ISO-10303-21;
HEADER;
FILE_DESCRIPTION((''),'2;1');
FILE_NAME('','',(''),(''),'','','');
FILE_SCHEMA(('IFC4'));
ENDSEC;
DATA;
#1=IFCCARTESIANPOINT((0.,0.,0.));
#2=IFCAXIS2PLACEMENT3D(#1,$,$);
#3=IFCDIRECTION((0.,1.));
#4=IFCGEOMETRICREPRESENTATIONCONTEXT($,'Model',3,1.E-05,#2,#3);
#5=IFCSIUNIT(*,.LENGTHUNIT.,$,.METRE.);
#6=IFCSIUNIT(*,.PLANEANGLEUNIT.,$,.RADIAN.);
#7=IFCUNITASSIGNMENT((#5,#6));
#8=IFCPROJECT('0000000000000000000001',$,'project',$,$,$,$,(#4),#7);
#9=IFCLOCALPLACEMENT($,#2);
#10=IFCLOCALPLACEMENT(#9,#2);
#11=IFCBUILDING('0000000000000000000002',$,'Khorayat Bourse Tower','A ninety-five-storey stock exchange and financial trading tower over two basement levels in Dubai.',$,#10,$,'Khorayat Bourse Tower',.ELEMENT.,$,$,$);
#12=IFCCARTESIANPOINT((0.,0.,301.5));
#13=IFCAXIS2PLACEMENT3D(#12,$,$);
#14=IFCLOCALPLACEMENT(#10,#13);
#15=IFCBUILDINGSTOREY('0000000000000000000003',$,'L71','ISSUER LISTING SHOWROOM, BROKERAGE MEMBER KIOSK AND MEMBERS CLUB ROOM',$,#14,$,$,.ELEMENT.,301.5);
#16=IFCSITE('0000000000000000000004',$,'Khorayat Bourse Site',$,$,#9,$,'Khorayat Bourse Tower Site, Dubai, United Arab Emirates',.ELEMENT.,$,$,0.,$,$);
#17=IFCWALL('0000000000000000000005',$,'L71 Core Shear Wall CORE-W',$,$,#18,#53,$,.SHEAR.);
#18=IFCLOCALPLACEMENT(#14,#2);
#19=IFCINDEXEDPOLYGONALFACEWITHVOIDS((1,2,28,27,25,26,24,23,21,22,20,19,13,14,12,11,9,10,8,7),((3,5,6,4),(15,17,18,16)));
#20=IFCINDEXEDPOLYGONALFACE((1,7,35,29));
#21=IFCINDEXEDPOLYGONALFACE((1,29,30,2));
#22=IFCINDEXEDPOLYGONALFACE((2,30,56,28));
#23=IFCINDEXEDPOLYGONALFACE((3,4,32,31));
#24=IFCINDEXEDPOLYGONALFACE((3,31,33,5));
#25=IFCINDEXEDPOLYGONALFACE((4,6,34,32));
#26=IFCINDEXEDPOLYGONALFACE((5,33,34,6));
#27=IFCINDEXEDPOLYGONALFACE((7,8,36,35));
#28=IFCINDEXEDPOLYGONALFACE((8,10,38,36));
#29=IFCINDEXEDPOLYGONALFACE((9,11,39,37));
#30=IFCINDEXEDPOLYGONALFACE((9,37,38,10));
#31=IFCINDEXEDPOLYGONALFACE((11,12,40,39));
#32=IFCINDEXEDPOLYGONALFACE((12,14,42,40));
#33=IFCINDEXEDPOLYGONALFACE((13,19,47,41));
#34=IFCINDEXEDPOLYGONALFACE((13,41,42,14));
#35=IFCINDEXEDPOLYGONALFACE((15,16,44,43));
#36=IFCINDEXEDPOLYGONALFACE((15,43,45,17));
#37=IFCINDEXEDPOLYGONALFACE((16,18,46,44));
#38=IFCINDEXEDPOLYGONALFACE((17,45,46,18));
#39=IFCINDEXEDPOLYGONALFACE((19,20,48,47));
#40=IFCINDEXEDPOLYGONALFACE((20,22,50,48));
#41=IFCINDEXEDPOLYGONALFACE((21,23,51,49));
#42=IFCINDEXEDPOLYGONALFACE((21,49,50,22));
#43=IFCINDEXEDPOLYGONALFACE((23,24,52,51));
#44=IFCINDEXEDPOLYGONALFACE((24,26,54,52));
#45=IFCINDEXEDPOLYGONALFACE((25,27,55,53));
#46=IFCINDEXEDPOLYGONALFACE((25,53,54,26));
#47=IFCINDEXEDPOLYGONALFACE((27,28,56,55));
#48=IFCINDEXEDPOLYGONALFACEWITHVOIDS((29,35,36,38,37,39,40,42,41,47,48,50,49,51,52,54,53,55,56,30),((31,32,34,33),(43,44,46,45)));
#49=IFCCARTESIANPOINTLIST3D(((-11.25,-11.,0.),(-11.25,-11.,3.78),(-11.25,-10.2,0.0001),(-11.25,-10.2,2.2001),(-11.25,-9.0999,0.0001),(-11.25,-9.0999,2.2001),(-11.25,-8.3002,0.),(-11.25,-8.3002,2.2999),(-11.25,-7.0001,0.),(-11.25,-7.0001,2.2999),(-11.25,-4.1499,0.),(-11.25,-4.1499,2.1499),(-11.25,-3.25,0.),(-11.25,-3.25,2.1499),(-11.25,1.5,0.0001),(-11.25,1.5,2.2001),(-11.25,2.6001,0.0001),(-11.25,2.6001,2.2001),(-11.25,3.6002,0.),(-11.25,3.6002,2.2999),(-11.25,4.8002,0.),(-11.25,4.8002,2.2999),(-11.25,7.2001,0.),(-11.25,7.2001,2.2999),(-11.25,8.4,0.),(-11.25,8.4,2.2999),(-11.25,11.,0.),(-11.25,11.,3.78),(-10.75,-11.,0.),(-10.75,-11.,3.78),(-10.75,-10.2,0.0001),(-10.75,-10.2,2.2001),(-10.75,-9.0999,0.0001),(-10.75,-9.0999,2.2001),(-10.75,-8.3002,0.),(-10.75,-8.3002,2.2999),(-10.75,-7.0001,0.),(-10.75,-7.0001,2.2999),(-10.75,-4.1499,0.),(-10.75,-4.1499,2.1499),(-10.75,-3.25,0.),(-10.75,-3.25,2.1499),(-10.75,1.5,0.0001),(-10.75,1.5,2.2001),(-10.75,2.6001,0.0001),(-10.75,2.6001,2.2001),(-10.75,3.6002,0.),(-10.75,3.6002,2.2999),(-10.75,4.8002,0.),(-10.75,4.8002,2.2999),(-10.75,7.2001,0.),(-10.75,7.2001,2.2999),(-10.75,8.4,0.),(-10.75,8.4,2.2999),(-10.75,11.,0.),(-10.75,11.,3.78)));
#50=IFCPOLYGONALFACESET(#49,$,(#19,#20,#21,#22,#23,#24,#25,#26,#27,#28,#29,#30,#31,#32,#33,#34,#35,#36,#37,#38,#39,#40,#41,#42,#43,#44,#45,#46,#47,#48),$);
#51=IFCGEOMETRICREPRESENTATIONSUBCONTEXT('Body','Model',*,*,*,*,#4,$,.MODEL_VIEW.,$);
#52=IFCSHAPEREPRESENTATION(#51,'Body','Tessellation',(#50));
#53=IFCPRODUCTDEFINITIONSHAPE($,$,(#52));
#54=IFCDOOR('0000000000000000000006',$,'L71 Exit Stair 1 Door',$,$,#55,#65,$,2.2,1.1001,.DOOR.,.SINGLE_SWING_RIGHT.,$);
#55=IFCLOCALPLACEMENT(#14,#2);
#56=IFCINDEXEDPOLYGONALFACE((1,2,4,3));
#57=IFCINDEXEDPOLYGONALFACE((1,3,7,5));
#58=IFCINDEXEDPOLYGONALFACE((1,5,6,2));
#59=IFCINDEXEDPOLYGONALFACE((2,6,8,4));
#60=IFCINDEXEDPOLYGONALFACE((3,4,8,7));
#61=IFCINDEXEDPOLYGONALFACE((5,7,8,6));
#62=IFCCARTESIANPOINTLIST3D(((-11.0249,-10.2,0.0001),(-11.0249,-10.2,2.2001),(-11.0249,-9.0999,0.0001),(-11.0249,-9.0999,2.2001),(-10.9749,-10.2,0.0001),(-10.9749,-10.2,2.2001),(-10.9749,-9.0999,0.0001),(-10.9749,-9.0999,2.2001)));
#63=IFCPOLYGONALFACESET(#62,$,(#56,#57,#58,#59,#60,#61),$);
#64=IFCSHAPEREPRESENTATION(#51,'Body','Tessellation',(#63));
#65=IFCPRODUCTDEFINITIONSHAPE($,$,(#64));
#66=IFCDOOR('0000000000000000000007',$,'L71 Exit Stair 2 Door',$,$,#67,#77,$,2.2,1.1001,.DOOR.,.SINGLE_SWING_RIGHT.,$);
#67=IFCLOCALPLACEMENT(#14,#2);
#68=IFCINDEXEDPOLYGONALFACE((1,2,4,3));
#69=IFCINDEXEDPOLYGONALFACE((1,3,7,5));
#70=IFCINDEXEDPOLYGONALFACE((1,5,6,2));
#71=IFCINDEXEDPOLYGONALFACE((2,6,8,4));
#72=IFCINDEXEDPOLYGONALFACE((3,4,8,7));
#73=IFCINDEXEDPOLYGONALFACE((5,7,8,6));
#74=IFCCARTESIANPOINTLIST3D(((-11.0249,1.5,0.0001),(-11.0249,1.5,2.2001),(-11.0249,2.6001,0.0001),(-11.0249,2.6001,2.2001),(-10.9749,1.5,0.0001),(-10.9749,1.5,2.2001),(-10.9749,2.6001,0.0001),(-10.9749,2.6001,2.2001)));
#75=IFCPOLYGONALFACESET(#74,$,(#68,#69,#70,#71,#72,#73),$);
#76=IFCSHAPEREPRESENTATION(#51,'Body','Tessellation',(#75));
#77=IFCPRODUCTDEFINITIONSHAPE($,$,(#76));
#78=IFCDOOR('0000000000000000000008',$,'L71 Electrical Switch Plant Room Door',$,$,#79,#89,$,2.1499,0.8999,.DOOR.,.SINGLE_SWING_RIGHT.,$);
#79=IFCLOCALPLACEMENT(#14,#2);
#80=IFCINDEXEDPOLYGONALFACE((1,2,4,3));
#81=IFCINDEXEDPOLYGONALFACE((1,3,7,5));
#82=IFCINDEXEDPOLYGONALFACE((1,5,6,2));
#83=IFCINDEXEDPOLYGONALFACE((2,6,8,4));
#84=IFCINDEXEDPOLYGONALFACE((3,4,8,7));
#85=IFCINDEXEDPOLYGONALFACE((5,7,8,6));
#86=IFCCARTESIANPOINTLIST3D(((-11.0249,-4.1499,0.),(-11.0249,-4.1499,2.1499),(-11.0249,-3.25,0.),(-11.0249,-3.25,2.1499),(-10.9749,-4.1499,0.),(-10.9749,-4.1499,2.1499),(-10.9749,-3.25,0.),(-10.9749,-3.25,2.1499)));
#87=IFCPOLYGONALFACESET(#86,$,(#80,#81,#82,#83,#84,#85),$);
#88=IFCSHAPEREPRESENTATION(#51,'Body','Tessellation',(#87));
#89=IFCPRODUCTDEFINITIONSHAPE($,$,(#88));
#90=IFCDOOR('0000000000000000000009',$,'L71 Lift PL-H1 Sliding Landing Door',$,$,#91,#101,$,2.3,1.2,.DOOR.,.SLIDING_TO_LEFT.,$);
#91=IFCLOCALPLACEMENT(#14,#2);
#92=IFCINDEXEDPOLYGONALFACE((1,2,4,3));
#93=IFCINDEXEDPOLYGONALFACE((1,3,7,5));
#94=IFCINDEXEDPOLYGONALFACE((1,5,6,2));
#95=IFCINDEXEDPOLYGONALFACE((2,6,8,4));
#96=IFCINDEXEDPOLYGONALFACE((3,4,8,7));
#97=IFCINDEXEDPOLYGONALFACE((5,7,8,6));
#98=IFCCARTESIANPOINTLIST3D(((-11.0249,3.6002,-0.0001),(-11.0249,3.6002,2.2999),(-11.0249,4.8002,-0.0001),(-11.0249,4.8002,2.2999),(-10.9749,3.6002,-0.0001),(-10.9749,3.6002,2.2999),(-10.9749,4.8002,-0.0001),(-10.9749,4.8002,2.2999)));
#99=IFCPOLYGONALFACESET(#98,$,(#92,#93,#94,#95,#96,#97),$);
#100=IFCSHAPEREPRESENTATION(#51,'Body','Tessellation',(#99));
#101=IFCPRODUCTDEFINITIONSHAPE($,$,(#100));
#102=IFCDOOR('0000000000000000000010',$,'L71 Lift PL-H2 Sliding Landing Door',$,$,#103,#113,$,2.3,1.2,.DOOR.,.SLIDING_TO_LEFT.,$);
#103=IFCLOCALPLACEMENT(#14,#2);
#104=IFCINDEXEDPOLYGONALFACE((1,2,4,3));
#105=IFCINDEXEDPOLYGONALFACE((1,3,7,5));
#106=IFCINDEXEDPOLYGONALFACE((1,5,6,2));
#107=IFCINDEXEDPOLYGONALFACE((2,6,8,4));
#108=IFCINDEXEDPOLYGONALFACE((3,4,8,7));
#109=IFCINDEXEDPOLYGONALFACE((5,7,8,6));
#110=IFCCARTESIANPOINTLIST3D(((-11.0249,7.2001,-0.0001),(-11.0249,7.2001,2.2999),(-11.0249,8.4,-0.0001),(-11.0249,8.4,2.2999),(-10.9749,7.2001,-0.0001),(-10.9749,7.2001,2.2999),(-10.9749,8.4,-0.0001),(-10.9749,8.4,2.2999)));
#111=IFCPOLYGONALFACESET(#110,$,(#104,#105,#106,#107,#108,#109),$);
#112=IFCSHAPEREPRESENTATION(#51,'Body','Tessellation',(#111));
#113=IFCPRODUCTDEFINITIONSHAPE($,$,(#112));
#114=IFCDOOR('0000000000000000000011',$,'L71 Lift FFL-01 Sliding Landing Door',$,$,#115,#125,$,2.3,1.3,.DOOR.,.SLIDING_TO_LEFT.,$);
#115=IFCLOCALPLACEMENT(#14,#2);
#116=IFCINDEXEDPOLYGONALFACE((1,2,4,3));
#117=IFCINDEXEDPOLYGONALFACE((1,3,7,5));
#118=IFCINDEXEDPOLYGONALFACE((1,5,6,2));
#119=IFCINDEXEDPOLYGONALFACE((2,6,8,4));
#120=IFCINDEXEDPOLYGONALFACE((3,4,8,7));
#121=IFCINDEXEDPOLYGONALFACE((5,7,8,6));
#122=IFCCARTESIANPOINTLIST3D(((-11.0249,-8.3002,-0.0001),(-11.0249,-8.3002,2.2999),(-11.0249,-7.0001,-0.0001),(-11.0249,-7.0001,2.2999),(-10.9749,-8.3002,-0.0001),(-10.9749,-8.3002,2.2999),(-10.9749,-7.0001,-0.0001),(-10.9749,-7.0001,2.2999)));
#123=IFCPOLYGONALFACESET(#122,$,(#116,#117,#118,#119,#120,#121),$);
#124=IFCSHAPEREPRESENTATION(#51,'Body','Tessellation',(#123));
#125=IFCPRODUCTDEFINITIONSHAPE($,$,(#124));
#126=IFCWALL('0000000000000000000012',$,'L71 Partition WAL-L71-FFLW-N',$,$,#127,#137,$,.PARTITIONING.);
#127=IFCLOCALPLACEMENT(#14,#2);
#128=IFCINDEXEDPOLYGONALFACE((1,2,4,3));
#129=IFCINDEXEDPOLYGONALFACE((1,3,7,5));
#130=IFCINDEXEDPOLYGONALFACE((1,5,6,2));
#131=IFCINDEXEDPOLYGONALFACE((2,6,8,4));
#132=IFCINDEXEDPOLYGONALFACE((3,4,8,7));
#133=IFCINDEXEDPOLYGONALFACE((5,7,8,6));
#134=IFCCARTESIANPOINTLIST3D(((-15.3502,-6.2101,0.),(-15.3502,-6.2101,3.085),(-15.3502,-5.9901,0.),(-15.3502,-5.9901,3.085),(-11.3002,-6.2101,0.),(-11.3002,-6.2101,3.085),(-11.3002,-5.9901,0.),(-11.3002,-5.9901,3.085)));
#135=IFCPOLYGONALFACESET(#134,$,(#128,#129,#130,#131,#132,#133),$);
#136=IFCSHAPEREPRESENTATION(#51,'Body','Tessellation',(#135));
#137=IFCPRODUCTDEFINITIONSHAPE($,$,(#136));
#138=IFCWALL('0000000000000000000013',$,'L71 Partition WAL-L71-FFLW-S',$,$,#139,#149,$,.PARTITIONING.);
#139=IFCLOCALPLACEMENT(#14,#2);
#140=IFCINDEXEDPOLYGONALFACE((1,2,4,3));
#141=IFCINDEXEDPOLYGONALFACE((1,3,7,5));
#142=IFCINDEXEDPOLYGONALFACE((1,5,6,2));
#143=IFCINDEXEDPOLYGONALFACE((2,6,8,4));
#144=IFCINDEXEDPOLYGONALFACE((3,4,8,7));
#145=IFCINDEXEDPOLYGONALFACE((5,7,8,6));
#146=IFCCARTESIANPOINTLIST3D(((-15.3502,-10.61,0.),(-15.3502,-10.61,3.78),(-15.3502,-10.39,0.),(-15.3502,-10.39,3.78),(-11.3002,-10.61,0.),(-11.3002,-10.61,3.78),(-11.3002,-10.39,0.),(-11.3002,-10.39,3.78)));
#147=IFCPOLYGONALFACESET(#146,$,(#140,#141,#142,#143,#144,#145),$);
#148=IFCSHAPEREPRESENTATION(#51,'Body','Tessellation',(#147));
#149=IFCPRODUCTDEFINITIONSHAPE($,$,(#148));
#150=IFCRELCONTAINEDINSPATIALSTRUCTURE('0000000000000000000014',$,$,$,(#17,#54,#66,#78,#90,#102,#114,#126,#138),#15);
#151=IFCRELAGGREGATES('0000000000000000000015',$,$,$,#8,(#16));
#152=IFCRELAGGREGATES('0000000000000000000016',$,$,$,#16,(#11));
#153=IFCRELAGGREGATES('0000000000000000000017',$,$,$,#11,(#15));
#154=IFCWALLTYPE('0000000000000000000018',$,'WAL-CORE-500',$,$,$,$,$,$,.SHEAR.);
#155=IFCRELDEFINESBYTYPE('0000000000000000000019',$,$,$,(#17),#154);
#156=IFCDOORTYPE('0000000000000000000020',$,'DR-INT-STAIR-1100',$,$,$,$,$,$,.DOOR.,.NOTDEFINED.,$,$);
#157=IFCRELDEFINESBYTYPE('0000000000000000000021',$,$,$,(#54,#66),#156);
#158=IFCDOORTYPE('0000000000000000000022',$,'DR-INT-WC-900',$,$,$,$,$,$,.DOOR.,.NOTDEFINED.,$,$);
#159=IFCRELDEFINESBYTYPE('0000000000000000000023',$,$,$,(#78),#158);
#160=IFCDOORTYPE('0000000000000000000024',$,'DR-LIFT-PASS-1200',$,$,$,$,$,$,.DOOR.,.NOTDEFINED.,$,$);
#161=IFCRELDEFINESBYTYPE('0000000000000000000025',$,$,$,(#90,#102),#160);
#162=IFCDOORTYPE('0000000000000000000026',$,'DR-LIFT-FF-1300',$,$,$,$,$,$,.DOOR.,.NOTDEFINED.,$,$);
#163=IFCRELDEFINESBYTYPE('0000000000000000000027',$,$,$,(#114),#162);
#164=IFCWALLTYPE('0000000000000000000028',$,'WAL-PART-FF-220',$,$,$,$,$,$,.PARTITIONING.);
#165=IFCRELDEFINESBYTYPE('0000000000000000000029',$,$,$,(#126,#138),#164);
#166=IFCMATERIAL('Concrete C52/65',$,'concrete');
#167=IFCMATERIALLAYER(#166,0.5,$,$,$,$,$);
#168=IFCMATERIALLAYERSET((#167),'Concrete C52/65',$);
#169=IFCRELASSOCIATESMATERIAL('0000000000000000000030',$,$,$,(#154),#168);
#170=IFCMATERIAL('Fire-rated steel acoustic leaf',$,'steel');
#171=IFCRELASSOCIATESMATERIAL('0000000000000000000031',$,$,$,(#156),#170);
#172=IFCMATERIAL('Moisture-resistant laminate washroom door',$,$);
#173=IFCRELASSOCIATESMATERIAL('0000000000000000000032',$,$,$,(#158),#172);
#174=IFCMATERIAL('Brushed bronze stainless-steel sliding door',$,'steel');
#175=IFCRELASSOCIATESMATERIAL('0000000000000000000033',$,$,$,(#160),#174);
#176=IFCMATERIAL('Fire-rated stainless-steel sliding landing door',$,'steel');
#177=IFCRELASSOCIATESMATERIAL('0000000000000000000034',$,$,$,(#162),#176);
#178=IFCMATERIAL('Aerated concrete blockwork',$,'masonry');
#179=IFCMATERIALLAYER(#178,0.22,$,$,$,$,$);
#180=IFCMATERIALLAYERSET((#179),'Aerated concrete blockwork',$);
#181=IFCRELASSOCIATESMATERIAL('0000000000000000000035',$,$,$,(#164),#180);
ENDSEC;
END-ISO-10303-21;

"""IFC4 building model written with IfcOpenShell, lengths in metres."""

from ifc_helpers import new_model, si_unit, direction, frame, frame_2d, origin, place, context, subcontext, project, spatial, rectangle, extrude, source, transform, mapped, material, layer, layer_set, type_object, element, fill, save


model = new_model("IFC4")

# Units and contexts
model_context = context("Model", 3, precision=1e-05, world=origin(), true_north=direction((0.0, 1.0)))
body_context = subcontext(model_context, "Body", "Model", "MODEL_VIEW")
ifc_project = project(units=[si_unit("LENGTHUNIT", "METRE"), si_unit("PLANEANGLEUNIT", "RADIAN")], contexts=[model_context])

# Site, building, storey
site_placement = place(None, origin())
site = spatial("IfcSite", under=ifc_project, at=site_placement, Name="Khorayat Bourse Site", LongName="Khorayat Bourse Tower Site, Dubai, United Arab Emirates", CompositionType="ELEMENT", RefElevation=0.0)
building_placement = place(site_placement, origin())
building = spatial("IfcBuilding", under=site, at=building_placement, Name="Khorayat Bourse Tower", Description="A ninety-five-storey stock exchange and financial trading tower over two basement levels in Dubai.", LongName="Khorayat Bourse Tower", CompositionType="ELEMENT")
storey_placement = place(building_placement, frame((0.0, 0.0, 301.5)))
storey = spatial("IfcBuildingStorey", under=building, at=storey_placement, Name="L71", Description="ISSUER LISTING SHOWROOM, BROKERAGE MEMBER KIOSK AND MEMBERS CLUB ROOM", CompositionType="ELEMENT", Elevation=301.5)

# Shared definitions
ifc_material_1 = material(Name="Concrete C52/65", Category="concrete")

# Wall, openings, doors
ifc_layer_1 = layer(ifc_material_1, 0.5)
ifc_layer_set_1 = layer_set([ifc_layer_1], Name="Concrete C52/65")
wall_type_1 = type_object("IfcWallType", Name="WAL-CORE-500", PredefinedType="SHEAR", material=ifc_layer_set_1)
shared_shape_1 = source(origin(), body_context, "Body", "SweptSolid", [
    extrude(rectangle(XDim=22.0, YDim=0.5, at=frame_2d((11.0, 0.0))), origin(), (0.0, 0.0, 1.0), 3.78),
])
wall_1_placement = place(storey_placement, frame((-11.0, -11.0, 0.0), z_axis=(0.0, 0.0, 1.0), x_axis=(0.0, 1.0, 0.0)))
wall_1 = element("IfcWall", 1, at=wall_1_placement, inside=storey, type_object=wall_type_1, Name="L71 Core Shear Wall CORE-W", PredefinedType="SHEAR", context=body_context, shape_type="MappedRepresentation", body=[
    mapped(shared_shape_1, transform((0.0, 0.0, 0.0), scale=1.0)),
])
shared_shape_2 = source(origin(), body_context, "Body", "SweptSolid", [
    extrude(rectangle(XDim=1.1001, YDim=2.2, at=frame_2d((0.55, 1.1001))), frame((0.0, 0.26, 0.0), z_axis=(0.0, -1.0, 0.0), x_axis=(1.0, 0.0, 0.0)), (0.0, 0.0, 1.0), 0.52),
])
opening_1_placement = place(wall_1_placement, frame((0.8, 0.0, 0.0)))
opening_1 = element("IfcOpeningElement", 2, at=opening_1_placement, cuts=wall_1, PredefinedType="OPENING", context=body_context, shape_type="MappedRepresentation", body=[
    mapped(shared_shape_2, transform((0.0, 0.0, 0.0), scale=1.0)),
])
opening_2_placement = place(wall_1_placement, frame((12.5, 0.0, 0.0)))
opening_2 = element("IfcOpeningElement", 3, at=opening_2_placement, cuts=wall_1, PredefinedType="OPENING", context=body_context, shape_type="MappedRepresentation", body=[
    mapped(shared_shape_2, transform((0.0, 0.0, 0.0), scale=1.0)),
])
shared_shape_3 = source(origin(), body_context, "Body", "SweptSolid", [
    extrude(rectangle(XDim=0.8999, YDim=2.1499, at=frame_2d((0.45, 1.075))), frame((0.0, 0.26, 0.0), z_axis=(0.0, -1.0, 0.0), x_axis=(1.0, 0.0, 0.0)), (0.0, 0.0, 1.0), 0.52),
])
opening_3_placement = place(wall_1_placement, frame((6.8501, 0.0, 0.0)))
opening_3 = element("IfcOpeningElement", 4, at=opening_3_placement, cuts=wall_1, PredefinedType="OPENING", context=body_context, shape_type="MappedRepresentation", body=[
    mapped(shared_shape_3, transform((0.0, 0.0, 0.0), scale=1.0)),
])
shared_shape_4 = source(origin(), body_context, "Body", "SweptSolid", [
    extrude(rectangle(XDim=1.2, YDim=2.3, at=frame_2d((0.6001, 1.1499))), frame((0.0, 0.26, 0.0), z_axis=(0.0, -1.0, 0.0), x_axis=(1.0, 0.0, 0.0)), (0.0, 0.0, 1.0), 0.52),
])
opening_4_placement = place(wall_1_placement, frame((14.6001, 0.0, 0.0)))
opening_4 = element("IfcOpeningElement", 5, at=opening_4_placement, cuts=wall_1, PredefinedType="OPENING", context=body_context, shape_type="MappedRepresentation", body=[
    mapped(shared_shape_4, transform((0.0, 0.0, 0.0), scale=1.0)),
])
opening_5_placement = place(wall_1_placement, frame((18.2, 0.0, 0.0)))
opening_5 = element("IfcOpeningElement", 6, at=opening_5_placement, cuts=wall_1, PredefinedType="OPENING", context=body_context, shape_type="MappedRepresentation", body=[
    mapped(shared_shape_4, transform((0.0, 0.0, 0.0), scale=1.0)),
])
shared_shape_5 = source(origin(), body_context, "Body", "SweptSolid", [
    extrude(rectangle(XDim=1.3, YDim=2.3, at=frame_2d((0.6499, 1.1499))), frame((0.0, 0.26, 0.0), z_axis=(0.0, -1.0, 0.0), x_axis=(1.0, 0.0, 0.0)), (0.0, 0.0, 1.0), 0.52),
])
opening_6_placement = place(wall_1_placement, frame((2.7, 0.0, 0.0)))
opening_6 = element("IfcOpeningElement", 7, at=opening_6_placement, cuts=wall_1, PredefinedType="OPENING", context=body_context, shape_type="MappedRepresentation", body=[
    mapped(shared_shape_5, transform((0.0, 0.0, 0.0), scale=1.0)),
])
ifc_material_2 = material(Name="Fire-rated steel acoustic leaf", Category="steel")
door_type_1 = type_object("IfcDoorType", Name="DR-INT-STAIR-1100", OperationType="NOTDEFINED", PredefinedType="DOOR", material=ifc_material_2)
shared_shape_6 = source(origin(), body_context, "Body", "SweptSolid", [
    extrude(rectangle(XDim=1.1001, YDim=2.2, at=frame_2d((0.55, 1.1001))), frame((0.0, 0.0249, 0.0), z_axis=(0.0, -1.0, 0.0), x_axis=(1.0, 0.0, 0.0)), (0.0, 0.0, 1.0), 0.05),
])
door_1_placement = place(opening_1_placement, origin())
door_1 = element("IfcDoor", 8, at=door_1_placement, inside=storey, type_object=door_type_1, Name="L71 Exit Stair 1 Door", OperationType="SINGLE_SWING_RIGHT", OverallHeight=2.2, OverallWidth=1.1001, PredefinedType="DOOR", context=body_context, shape_type="MappedRepresentation", body=[
    mapped(shared_shape_6, transform((0.0, 0.0, 0.0), scale=1.0)),
])
fill(opening_1, door_1)
door_2_placement = place(opening_2_placement, origin())
door_2 = element("IfcDoor", 9, at=door_2_placement, inside=storey, type_object=door_type_1, Name="L71 Exit Stair 2 Door", OperationType="SINGLE_SWING_RIGHT", OverallHeight=2.2, OverallWidth=1.1001, PredefinedType="DOOR", context=body_context, shape_type="MappedRepresentation", body=[
    mapped(shared_shape_6, transform((0.0, 0.0, 0.0), scale=1.0)),
])
fill(opening_2, door_2)
ifc_material_3 = material(Name="Moisture-resistant laminate washroom door")
door_type_2 = type_object("IfcDoorType", Name="DR-INT-WC-900", OperationType="NOTDEFINED", PredefinedType="DOOR", material=ifc_material_3)
shared_shape_7 = source(origin(), body_context, "Body", "SweptSolid", [
    extrude(rectangle(XDim=0.8999, YDim=2.1499, at=frame_2d((0.45, 1.075))), frame((0.0, 0.0249, 0.0), z_axis=(0.0, -1.0, 0.0), x_axis=(1.0, 0.0, 0.0)), (0.0, 0.0, 1.0), 0.05),
])
door_3_placement = place(opening_3_placement, origin())
door_3 = element("IfcDoor", 10, at=door_3_placement, inside=storey, type_object=door_type_2, Name="L71 Electrical Switch Plant Room Door", OperationType="SINGLE_SWING_RIGHT", OverallHeight=2.1499, OverallWidth=0.8999, PredefinedType="DOOR", context=body_context, shape_type="MappedRepresentation", body=[
    mapped(shared_shape_7, transform((0.0, 0.0, 0.0), scale=1.0)),
])
fill(opening_3, door_3)
ifc_material_4 = material(Name="Brushed bronze stainless-steel sliding door", Category="steel")
door_type_3 = type_object("IfcDoorType", Name="DR-LIFT-PASS-1200", OperationType="NOTDEFINED", PredefinedType="DOOR", material=ifc_material_4)
shared_shape_8 = source(origin(), body_context, "Body", "SweptSolid", [
    extrude(rectangle(XDim=1.2, YDim=2.3, at=frame_2d((0.6001, 1.1499))), frame((0.0, 0.0249, 0.0), z_axis=(0.0, -1.0, 0.0), x_axis=(1.0, 0.0, 0.0)), (0.0, 0.0, 1.0), 0.05),
])
door_4_placement = place(opening_4_placement, origin())
door_4 = element("IfcDoor", 11, at=door_4_placement, inside=storey, type_object=door_type_3, Name="L71 Lift PL-H1 Sliding Landing Door", OperationType="SLIDING_TO_LEFT", OverallHeight=2.3, OverallWidth=1.2, PredefinedType="DOOR", context=body_context, shape_type="MappedRepresentation", body=[
    mapped(shared_shape_8, transform((0.0, 0.0, 0.0), scale=1.0)),
])
fill(opening_4, door_4)
door_5_placement = place(opening_5_placement, origin())
door_5 = element("IfcDoor", 12, at=door_5_placement, inside=storey, type_object=door_type_3, Name="L71 Lift PL-H2 Sliding Landing Door", OperationType="SLIDING_TO_LEFT", OverallHeight=2.3, OverallWidth=1.2, PredefinedType="DOOR", context=body_context, shape_type="MappedRepresentation", body=[
    mapped(shared_shape_8, transform((0.0, 0.0, 0.0), scale=1.0)),
])
fill(opening_5, door_5)
ifc_material_5 = material(Name="Fire-rated stainless-steel sliding landing door", Category="steel")
door_type_4 = type_object("IfcDoorType", Name="DR-LIFT-FF-1300", OperationType="NOTDEFINED", PredefinedType="DOOR", material=ifc_material_5)
shared_shape_9 = source(origin(), body_context, "Body", "SweptSolid", [
    extrude(rectangle(XDim=1.3, YDim=2.3, at=frame_2d((0.6499, 1.1499))), frame((0.0, 0.0249, 0.0), z_axis=(0.0, -1.0, 0.0), x_axis=(1.0, 0.0, 0.0)), (0.0, 0.0, 1.0), 0.05),
])
door_6_placement = place(opening_6_placement, origin())
door_6 = element("IfcDoor", 13, at=door_6_placement, inside=storey, type_object=door_type_4, Name="L71 Lift FFL-01 Sliding Landing Door", OperationType="SLIDING_TO_LEFT", OverallHeight=2.3, OverallWidth=1.3, PredefinedType="DOOR", context=body_context, shape_type="MappedRepresentation", body=[
    mapped(shared_shape_9, transform((0.0, 0.0, 0.0), scale=1.0)),
])
fill(opening_6, door_6)

# Walls
ifc_material_6 = material(Name="Aerated concrete blockwork", Category="masonry")
ifc_layer_2 = layer(ifc_material_6, 0.22)
ifc_layer_set_2 = layer_set([ifc_layer_2], Name="Aerated concrete blockwork")
wall_type_2 = type_object("IfcWallType", Name="WAL-PART-FF-220", PredefinedType="PARTITIONING", material=ifc_layer_set_2)
shared_shape_10 = source(origin(), body_context, "Body", "SweptSolid", [
    extrude(rectangle(XDim=4.05, YDim=0.22, at=frame_2d((2.0249, 0.0))), origin(), (0.0, 0.0, 1.0), 3.085),
])
wall_2_placement = place(storey_placement, frame((-15.3501, -6.1001, 0.0), z_axis=(0.0, 0.0, 1.0), x_axis=(1.0, 0.0, 0.0)))
element("IfcWall", 14, at=wall_2_placement, inside=storey, type_object=wall_type_2, Name="L71 Partition WAL-L71-FFLW-N", PredefinedType="PARTITIONING", context=body_context, shape_type="MappedRepresentation", body=[
    mapped(shared_shape_10, transform((0.0, 0.0, 0.0), scale=1.0)),
])
shared_shape_11 = source(origin(), body_context, "Body", "SweptSolid", [
    extrude(rectangle(XDim=4.05, YDim=0.22, at=frame_2d((2.0249, 0.0))), origin(), (0.0, 0.0, 1.0), 3.78),
])
wall_3_placement = place(storey_placement, frame((-15.3501, -10.5, 0.0), z_axis=(0.0, 0.0, 1.0), x_axis=(1.0, 0.0, 0.0)))
element("IfcWall", 15, at=wall_3_placement, inside=storey, type_object=wall_type_2, Name="L71 Partition WAL-L71-FFLW-S", PredefinedType="PARTITIONING", context=body_context, shape_type="MappedRepresentation", body=[
    mapped(shared_shape_11, transform((0.0, 0.0, 0.0), scale=1.0)),
])

save(model, "model.ifc")
